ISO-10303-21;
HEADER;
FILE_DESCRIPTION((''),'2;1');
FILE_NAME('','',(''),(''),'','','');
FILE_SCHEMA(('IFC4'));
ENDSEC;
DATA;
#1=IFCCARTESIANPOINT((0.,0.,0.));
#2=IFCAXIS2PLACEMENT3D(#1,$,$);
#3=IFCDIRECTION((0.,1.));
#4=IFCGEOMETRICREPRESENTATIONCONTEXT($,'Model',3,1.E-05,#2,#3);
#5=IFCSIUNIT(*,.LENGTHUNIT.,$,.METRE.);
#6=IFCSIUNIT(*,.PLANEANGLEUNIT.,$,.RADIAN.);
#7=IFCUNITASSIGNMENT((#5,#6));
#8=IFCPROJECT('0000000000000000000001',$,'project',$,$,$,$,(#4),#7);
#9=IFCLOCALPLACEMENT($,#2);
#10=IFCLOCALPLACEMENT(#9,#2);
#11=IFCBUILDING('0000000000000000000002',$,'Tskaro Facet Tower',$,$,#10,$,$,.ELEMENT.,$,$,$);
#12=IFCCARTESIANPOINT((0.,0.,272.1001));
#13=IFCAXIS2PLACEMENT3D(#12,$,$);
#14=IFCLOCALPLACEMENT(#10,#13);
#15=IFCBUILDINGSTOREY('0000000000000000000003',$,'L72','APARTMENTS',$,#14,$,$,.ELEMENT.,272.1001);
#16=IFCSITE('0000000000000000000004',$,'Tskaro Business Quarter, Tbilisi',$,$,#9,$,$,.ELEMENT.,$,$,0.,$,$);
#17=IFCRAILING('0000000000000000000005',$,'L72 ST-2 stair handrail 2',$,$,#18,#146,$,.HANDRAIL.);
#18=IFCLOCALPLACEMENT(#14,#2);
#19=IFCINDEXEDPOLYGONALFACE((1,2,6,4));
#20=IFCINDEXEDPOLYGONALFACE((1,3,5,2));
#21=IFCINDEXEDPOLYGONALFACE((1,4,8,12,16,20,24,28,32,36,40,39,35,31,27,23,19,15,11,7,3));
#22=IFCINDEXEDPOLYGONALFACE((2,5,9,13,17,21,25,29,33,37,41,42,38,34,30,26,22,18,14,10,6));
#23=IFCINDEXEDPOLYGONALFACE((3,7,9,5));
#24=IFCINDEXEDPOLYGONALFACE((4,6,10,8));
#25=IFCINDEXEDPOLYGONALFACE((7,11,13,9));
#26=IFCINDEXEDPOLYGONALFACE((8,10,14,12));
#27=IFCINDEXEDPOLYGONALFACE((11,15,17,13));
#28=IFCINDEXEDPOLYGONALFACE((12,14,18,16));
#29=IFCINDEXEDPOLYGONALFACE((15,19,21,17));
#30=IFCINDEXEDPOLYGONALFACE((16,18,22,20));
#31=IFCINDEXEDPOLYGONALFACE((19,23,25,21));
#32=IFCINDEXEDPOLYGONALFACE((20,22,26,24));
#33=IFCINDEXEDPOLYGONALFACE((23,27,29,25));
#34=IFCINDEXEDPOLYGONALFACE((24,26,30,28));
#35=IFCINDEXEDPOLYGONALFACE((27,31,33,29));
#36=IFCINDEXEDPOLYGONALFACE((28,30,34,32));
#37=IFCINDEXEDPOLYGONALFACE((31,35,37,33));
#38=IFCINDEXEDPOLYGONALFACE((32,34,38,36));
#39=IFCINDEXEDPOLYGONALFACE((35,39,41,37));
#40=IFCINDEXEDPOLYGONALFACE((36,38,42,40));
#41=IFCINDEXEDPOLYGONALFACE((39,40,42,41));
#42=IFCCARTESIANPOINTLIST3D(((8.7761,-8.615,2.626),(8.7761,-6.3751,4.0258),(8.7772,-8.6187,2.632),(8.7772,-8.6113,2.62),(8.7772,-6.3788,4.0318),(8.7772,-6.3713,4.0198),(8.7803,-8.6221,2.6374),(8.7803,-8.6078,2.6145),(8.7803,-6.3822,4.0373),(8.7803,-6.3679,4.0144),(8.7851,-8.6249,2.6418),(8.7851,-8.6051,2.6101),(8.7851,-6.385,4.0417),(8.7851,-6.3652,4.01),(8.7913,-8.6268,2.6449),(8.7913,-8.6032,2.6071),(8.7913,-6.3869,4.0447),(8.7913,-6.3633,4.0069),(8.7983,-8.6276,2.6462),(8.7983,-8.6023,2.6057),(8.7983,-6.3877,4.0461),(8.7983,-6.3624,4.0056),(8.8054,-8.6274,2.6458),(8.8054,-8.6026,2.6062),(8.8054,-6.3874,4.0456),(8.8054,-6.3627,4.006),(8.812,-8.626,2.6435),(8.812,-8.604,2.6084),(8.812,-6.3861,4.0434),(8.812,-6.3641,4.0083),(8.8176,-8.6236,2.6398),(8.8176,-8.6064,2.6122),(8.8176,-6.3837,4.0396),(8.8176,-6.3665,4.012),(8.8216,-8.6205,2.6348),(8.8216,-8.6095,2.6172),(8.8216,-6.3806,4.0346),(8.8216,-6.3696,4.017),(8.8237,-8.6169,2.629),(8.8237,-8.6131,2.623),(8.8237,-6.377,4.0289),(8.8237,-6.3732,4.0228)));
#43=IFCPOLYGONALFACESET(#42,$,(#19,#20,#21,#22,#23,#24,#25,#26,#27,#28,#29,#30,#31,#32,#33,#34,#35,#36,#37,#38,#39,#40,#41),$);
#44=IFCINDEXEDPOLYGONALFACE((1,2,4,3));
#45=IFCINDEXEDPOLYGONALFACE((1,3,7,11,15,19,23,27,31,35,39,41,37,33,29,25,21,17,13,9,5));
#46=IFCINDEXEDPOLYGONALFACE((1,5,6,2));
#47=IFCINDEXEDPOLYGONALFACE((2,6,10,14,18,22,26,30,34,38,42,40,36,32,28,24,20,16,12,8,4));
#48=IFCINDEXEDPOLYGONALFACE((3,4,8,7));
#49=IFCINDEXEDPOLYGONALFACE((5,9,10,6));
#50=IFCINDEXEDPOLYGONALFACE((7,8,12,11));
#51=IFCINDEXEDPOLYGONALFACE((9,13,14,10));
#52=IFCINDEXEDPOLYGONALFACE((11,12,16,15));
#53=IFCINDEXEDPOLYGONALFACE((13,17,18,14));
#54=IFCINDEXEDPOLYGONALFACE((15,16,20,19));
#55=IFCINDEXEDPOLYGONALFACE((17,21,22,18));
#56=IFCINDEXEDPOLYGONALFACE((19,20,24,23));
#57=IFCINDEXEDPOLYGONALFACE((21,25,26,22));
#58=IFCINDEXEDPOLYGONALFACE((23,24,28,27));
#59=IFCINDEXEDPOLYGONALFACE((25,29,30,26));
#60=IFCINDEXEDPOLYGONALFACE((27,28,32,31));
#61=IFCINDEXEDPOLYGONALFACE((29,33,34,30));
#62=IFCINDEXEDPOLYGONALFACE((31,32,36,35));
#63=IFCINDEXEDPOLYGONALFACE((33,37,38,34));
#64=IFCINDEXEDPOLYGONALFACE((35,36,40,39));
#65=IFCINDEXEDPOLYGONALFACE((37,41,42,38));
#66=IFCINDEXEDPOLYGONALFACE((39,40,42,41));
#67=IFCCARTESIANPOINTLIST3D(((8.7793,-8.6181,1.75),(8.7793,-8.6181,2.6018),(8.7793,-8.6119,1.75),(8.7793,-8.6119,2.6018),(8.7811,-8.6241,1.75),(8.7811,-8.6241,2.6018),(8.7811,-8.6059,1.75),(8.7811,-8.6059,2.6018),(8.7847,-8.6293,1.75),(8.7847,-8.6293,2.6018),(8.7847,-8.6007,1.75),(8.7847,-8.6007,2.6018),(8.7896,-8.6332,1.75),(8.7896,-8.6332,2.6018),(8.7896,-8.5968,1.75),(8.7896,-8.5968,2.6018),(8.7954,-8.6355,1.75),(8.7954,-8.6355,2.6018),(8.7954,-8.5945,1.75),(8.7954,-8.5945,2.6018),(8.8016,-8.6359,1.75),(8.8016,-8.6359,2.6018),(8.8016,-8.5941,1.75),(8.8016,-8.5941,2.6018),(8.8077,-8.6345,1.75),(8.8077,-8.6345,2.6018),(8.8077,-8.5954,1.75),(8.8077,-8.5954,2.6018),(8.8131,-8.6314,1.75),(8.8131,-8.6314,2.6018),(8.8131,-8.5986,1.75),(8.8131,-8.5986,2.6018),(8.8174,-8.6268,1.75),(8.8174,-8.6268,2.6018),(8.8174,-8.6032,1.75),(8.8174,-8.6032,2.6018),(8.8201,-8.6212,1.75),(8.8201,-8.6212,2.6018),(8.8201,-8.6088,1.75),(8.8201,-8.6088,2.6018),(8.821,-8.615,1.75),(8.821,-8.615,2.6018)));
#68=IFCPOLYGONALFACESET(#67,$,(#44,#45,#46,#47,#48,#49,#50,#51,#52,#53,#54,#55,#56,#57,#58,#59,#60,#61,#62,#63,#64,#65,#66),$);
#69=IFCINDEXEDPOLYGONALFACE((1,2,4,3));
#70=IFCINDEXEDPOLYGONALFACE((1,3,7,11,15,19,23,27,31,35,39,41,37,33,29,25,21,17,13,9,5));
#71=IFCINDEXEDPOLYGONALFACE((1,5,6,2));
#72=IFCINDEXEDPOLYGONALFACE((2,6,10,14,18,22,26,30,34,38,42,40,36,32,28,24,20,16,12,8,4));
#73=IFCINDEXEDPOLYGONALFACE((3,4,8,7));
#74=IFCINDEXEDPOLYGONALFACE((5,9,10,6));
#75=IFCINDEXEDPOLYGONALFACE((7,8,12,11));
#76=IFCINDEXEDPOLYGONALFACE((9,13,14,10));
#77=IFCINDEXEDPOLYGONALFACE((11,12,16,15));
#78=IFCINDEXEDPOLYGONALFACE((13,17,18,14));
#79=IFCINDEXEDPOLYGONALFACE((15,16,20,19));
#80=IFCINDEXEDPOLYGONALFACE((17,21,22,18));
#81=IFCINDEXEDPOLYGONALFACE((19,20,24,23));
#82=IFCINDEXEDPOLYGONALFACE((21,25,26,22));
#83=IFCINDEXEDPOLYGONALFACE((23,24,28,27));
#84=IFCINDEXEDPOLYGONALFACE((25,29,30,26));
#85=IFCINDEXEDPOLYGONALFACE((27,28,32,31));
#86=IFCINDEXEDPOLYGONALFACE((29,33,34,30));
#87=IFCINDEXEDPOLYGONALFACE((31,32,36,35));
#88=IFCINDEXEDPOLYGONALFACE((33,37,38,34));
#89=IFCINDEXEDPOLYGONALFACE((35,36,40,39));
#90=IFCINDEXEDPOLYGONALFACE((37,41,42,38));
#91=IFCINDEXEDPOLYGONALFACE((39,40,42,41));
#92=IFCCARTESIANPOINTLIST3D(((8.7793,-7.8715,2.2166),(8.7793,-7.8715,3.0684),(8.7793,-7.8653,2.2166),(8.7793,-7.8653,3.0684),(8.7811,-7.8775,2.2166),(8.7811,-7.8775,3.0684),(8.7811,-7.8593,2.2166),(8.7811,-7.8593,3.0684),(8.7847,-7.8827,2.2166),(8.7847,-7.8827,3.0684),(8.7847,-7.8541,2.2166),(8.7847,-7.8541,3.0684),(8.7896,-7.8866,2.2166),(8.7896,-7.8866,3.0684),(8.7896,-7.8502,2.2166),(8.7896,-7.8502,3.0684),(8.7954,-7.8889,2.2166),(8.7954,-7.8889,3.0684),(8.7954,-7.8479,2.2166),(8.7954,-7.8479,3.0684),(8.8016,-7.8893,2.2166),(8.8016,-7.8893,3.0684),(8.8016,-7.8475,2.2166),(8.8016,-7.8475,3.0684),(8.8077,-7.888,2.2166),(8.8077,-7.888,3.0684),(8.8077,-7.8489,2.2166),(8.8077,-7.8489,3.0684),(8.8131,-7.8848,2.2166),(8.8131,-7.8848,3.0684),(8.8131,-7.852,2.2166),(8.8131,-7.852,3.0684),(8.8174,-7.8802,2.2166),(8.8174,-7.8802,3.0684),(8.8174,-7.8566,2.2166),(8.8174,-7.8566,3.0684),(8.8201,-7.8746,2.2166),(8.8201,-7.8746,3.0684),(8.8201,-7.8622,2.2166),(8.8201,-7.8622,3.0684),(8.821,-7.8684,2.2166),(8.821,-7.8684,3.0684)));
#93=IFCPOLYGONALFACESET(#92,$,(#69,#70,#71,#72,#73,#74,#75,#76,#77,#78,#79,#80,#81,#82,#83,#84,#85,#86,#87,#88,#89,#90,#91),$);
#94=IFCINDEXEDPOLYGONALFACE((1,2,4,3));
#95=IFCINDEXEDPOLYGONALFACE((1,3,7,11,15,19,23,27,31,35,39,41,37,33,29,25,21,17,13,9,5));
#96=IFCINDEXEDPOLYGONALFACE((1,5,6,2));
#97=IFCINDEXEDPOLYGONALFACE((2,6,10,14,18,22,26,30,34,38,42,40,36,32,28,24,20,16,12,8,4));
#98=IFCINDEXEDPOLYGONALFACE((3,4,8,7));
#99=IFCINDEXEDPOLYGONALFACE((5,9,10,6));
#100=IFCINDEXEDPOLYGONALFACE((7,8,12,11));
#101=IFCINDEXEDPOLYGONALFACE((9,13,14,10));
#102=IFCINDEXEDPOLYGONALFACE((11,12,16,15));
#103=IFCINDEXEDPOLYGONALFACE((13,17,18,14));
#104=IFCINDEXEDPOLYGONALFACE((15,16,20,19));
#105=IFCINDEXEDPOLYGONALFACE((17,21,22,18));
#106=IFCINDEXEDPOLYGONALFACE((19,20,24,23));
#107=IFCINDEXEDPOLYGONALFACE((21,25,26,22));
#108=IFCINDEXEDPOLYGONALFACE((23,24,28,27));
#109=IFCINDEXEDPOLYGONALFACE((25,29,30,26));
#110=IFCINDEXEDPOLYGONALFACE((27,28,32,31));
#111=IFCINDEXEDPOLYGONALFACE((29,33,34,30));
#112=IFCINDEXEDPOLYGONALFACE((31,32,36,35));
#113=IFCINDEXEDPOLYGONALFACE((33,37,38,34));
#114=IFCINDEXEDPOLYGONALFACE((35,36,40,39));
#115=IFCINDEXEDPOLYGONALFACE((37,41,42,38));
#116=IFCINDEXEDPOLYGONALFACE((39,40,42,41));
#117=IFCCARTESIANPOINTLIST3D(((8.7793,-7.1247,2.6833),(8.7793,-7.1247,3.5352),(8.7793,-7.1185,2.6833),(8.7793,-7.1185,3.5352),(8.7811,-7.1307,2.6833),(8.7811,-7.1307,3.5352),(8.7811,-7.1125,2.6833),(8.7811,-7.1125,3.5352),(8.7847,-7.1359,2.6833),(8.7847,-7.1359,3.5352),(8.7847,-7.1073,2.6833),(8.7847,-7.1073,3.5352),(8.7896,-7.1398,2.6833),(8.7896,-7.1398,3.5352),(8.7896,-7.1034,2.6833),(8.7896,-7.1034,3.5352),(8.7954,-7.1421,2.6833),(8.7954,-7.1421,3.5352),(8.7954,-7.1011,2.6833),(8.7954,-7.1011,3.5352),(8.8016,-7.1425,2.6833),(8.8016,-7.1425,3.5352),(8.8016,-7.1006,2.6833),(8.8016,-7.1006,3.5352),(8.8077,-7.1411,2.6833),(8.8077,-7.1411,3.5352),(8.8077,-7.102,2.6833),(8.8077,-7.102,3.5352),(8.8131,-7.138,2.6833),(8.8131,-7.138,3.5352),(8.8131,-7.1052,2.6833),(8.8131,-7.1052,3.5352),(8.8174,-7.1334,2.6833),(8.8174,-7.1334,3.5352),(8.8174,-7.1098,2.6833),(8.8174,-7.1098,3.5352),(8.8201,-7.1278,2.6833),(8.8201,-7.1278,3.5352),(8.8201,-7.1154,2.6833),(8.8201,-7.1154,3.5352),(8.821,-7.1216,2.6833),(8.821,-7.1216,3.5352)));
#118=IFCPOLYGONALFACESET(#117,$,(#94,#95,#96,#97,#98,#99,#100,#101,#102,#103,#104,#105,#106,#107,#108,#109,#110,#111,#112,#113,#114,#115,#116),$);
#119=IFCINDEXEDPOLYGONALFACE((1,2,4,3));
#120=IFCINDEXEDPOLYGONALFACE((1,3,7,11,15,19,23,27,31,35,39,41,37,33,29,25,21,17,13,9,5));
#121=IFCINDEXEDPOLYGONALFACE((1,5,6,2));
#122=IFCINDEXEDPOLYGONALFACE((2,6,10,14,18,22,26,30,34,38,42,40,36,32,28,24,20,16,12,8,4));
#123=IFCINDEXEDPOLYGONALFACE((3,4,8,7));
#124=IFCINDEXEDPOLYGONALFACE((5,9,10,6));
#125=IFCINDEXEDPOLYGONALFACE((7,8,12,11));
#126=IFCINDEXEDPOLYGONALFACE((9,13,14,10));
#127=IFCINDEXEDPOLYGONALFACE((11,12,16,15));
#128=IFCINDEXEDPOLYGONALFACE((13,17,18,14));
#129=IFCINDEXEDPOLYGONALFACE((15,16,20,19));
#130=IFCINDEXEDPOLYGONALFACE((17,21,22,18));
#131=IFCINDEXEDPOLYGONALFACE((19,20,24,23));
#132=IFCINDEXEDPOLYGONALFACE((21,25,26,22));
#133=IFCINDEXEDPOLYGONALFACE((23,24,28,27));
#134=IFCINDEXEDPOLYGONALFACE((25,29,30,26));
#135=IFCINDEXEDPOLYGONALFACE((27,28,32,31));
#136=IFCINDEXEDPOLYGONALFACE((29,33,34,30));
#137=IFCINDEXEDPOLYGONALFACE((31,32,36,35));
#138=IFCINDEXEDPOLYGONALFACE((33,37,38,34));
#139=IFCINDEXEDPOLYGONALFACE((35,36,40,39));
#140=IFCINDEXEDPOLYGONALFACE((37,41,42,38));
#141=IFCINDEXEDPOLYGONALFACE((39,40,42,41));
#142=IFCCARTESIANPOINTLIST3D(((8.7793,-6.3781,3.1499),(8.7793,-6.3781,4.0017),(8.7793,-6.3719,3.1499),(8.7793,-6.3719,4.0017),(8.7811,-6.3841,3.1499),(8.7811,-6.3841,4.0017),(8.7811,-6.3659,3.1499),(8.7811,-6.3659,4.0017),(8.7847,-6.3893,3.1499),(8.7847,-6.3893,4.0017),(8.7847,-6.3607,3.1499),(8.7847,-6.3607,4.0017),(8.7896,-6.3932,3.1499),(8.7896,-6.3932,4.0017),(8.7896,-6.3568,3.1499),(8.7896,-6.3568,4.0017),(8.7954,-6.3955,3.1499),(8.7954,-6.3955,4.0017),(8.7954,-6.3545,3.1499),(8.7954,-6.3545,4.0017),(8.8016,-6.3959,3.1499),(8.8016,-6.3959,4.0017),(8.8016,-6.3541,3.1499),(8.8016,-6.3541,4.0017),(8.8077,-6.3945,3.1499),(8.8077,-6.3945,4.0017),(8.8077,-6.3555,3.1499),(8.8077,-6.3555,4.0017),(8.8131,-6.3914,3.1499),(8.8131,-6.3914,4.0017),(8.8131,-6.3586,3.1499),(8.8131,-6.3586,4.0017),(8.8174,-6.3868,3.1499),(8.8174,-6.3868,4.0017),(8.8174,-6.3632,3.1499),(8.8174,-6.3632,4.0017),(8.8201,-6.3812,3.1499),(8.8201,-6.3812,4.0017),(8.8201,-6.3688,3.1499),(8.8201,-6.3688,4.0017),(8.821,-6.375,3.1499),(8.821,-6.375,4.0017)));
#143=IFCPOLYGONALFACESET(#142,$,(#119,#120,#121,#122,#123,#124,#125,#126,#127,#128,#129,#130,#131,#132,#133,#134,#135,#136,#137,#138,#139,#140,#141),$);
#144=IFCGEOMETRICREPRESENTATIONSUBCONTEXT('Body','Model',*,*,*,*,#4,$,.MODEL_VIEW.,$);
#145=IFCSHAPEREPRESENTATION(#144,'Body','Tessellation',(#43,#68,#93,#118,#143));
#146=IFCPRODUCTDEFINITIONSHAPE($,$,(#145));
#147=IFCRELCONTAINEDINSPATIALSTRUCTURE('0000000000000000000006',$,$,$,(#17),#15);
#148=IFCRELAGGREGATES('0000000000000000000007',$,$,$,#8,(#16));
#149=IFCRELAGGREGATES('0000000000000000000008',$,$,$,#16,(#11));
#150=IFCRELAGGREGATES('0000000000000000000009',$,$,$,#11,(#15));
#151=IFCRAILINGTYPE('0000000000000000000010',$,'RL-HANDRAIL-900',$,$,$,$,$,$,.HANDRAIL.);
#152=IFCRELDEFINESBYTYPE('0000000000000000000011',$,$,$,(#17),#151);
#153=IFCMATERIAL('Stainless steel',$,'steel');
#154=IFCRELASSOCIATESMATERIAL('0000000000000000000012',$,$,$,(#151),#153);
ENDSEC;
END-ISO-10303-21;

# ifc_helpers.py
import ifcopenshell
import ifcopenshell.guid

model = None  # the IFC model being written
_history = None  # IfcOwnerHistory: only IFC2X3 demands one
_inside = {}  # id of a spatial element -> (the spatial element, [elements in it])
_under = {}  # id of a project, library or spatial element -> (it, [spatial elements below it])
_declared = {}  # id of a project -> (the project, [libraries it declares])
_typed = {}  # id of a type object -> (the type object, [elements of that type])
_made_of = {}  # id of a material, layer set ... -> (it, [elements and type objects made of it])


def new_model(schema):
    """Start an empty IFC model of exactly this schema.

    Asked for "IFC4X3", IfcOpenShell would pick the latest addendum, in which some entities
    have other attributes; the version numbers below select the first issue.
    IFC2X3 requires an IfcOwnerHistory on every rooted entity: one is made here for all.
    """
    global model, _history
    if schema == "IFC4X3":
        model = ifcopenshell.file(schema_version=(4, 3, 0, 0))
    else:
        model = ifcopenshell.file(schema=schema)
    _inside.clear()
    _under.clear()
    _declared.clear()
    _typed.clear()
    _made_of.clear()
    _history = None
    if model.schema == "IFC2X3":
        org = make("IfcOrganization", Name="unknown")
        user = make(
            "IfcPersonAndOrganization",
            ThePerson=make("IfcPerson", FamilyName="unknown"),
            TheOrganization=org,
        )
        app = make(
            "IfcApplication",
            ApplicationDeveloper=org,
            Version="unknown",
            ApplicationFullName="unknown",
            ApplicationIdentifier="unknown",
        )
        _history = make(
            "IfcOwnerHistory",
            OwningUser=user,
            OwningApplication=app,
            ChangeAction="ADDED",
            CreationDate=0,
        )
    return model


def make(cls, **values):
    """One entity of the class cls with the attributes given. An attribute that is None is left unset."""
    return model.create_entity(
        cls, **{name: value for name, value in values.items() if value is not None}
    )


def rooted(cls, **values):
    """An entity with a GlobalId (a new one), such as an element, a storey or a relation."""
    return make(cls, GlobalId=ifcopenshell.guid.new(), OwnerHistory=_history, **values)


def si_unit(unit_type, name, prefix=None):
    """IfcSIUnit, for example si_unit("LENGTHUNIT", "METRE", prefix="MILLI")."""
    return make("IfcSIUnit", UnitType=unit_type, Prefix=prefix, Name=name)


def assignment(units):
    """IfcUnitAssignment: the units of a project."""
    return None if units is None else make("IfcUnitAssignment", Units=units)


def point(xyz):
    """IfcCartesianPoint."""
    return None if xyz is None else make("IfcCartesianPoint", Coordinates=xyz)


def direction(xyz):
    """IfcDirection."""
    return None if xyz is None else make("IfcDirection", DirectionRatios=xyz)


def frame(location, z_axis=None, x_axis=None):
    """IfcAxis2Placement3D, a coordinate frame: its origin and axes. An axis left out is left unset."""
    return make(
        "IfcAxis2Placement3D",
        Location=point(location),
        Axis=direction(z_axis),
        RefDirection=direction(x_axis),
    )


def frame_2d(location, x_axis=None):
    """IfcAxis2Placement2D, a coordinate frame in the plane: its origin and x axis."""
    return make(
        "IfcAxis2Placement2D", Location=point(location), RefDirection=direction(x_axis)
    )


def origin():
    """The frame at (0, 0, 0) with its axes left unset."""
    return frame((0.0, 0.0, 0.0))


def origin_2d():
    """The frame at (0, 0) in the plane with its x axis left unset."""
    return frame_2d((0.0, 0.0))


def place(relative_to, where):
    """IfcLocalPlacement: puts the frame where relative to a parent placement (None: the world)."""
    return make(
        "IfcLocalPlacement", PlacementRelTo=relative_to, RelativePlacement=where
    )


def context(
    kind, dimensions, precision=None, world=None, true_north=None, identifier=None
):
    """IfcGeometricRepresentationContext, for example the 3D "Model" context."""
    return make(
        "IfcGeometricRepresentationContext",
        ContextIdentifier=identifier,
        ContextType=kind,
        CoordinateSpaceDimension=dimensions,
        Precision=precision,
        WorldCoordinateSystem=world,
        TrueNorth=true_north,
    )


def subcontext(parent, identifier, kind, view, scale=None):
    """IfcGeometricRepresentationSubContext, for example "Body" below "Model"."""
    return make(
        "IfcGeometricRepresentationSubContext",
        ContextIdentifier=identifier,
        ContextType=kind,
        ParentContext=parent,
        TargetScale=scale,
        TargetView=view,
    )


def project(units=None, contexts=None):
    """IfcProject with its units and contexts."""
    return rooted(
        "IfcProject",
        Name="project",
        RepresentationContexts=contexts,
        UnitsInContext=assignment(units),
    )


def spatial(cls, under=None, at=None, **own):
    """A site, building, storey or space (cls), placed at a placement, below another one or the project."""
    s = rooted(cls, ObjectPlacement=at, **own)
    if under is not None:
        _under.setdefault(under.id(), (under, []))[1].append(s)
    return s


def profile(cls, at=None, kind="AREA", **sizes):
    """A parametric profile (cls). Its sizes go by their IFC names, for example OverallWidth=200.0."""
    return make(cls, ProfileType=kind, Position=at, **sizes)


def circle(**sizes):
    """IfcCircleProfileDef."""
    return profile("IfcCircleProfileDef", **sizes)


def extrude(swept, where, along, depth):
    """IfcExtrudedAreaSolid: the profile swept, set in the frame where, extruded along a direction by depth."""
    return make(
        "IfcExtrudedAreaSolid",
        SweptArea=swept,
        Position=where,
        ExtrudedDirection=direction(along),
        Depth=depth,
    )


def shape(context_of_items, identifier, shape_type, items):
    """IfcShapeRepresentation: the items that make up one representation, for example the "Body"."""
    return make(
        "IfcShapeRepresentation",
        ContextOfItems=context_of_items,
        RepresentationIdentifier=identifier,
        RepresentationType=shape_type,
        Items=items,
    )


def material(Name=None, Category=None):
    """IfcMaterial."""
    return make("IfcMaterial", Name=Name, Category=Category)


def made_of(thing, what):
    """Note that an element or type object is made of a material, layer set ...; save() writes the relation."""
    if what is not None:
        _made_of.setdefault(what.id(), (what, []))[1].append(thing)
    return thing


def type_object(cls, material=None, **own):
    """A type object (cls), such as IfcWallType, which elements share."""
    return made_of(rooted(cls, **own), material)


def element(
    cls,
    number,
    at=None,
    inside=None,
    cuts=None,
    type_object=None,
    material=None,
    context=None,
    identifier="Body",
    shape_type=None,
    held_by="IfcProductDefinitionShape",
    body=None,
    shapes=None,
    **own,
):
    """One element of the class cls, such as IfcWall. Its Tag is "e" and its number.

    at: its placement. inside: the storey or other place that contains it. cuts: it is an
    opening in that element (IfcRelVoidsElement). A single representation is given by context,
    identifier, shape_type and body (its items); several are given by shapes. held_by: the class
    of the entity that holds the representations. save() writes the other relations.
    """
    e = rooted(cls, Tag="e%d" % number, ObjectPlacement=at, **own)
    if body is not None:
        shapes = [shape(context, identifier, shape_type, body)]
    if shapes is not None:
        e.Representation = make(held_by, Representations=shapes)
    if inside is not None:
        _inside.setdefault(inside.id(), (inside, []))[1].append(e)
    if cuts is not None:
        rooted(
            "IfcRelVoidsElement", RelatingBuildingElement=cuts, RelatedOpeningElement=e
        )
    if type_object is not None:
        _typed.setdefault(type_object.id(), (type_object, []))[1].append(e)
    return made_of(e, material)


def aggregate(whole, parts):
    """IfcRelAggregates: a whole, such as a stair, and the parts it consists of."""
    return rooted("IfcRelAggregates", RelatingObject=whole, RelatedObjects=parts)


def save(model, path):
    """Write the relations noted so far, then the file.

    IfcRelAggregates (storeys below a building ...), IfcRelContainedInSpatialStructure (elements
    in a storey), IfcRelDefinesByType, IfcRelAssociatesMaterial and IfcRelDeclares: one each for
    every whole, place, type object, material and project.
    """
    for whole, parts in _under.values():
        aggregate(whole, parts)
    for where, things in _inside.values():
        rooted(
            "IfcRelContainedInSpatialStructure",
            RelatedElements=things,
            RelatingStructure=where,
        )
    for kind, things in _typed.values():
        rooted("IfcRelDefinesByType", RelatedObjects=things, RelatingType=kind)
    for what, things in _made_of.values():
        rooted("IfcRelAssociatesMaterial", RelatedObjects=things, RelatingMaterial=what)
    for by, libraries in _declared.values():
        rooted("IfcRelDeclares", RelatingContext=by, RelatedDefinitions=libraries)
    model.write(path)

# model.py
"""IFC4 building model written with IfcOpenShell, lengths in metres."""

from ifc_helpers import new_model, si_unit, direction, frame, origin, origin_2d, place, context, subcontext, project, spatial, circle, extrude, material, type_object, element, save


model = new_model("IFC4")

# Units and contexts
model_context = context("Model", 3, precision=1e-05, world=origin(), true_north=direction((0.0, 1.0)))
body_context = subcontext(model_context, "Body", "Model", "MODEL_VIEW")
ifc_project = project(units=[si_unit("LENGTHUNIT", "METRE"), si_unit("PLANEANGLEUNIT", "RADIAN")], contexts=[model_context])

# Site, building, storey
site_placement = place(None, origin())
site = spatial("IfcSite", under=ifc_project, at=site_placement, Name="Tskaro Business Quarter, Tbilisi", CompositionType="ELEMENT", RefElevation=0.0)
building_placement = place(site_placement, origin())
building = spatial("IfcBuilding", under=site, at=building_placement, Name="Tskaro Facet Tower", CompositionType="ELEMENT")
storey_placement = place(building_placement, frame((0.0, 0.0, 272.1001)))
storey = spatial("IfcBuildingStorey", under=building, at=storey_placement, Name="L72", Description="APARTMENTS", CompositionType="ELEMENT", Elevation=272.1001)

# Railing
ifc_material_1 = material(Name="Stainless steel", Category="steel")
railing_type_1 = type_object("IfcRailingType", Name="RL-HANDRAIL-900", PredefinedType="HANDRAIL", material=ifc_material_1)
railing_1_placement = place(storey_placement, frame((8.8, -8.615, 1.75)))
element("IfcRailing", 1, at=railing_1_placement, inside=storey, type_object=railing_type_1, Name="L72 ST-2 stair handrail 2", PredefinedType="HANDRAIL", context=body_context, shape_type="SweptSolid", body=[
    extrude(circle(Radius=0.0239, at=origin_2d()), frame((0.0, 0.0, 0.876), z_axis=(0.0, 0.848014, 0.529974), x_axis=(-1.0, 0.0, 0.0)), (0.0, 0.0, 1.0), 2.6414),
    extrude(circle(Radius=0.021, at=origin_2d()), origin(), (0.0, 0.0, 1.0), 0.8518),
    extrude(circle(Radius=0.021, at=origin_2d()), frame((0.0, 0.7466, 0.4666)), (0.0, 0.0, 1.0), 0.8518),
    extrude(circle(Radius=0.021, at=origin_2d()), frame((0.0, 1.4934, 0.9333)), (0.0, 0.0, 1.0), 0.8518),
    extrude(circle(Radius=0.021, at=origin_2d()), frame((0.0, 2.24, 1.3999)), (0.0, 0.0, 1.0), 0.8518),
])

save(model, "model.ifc")
